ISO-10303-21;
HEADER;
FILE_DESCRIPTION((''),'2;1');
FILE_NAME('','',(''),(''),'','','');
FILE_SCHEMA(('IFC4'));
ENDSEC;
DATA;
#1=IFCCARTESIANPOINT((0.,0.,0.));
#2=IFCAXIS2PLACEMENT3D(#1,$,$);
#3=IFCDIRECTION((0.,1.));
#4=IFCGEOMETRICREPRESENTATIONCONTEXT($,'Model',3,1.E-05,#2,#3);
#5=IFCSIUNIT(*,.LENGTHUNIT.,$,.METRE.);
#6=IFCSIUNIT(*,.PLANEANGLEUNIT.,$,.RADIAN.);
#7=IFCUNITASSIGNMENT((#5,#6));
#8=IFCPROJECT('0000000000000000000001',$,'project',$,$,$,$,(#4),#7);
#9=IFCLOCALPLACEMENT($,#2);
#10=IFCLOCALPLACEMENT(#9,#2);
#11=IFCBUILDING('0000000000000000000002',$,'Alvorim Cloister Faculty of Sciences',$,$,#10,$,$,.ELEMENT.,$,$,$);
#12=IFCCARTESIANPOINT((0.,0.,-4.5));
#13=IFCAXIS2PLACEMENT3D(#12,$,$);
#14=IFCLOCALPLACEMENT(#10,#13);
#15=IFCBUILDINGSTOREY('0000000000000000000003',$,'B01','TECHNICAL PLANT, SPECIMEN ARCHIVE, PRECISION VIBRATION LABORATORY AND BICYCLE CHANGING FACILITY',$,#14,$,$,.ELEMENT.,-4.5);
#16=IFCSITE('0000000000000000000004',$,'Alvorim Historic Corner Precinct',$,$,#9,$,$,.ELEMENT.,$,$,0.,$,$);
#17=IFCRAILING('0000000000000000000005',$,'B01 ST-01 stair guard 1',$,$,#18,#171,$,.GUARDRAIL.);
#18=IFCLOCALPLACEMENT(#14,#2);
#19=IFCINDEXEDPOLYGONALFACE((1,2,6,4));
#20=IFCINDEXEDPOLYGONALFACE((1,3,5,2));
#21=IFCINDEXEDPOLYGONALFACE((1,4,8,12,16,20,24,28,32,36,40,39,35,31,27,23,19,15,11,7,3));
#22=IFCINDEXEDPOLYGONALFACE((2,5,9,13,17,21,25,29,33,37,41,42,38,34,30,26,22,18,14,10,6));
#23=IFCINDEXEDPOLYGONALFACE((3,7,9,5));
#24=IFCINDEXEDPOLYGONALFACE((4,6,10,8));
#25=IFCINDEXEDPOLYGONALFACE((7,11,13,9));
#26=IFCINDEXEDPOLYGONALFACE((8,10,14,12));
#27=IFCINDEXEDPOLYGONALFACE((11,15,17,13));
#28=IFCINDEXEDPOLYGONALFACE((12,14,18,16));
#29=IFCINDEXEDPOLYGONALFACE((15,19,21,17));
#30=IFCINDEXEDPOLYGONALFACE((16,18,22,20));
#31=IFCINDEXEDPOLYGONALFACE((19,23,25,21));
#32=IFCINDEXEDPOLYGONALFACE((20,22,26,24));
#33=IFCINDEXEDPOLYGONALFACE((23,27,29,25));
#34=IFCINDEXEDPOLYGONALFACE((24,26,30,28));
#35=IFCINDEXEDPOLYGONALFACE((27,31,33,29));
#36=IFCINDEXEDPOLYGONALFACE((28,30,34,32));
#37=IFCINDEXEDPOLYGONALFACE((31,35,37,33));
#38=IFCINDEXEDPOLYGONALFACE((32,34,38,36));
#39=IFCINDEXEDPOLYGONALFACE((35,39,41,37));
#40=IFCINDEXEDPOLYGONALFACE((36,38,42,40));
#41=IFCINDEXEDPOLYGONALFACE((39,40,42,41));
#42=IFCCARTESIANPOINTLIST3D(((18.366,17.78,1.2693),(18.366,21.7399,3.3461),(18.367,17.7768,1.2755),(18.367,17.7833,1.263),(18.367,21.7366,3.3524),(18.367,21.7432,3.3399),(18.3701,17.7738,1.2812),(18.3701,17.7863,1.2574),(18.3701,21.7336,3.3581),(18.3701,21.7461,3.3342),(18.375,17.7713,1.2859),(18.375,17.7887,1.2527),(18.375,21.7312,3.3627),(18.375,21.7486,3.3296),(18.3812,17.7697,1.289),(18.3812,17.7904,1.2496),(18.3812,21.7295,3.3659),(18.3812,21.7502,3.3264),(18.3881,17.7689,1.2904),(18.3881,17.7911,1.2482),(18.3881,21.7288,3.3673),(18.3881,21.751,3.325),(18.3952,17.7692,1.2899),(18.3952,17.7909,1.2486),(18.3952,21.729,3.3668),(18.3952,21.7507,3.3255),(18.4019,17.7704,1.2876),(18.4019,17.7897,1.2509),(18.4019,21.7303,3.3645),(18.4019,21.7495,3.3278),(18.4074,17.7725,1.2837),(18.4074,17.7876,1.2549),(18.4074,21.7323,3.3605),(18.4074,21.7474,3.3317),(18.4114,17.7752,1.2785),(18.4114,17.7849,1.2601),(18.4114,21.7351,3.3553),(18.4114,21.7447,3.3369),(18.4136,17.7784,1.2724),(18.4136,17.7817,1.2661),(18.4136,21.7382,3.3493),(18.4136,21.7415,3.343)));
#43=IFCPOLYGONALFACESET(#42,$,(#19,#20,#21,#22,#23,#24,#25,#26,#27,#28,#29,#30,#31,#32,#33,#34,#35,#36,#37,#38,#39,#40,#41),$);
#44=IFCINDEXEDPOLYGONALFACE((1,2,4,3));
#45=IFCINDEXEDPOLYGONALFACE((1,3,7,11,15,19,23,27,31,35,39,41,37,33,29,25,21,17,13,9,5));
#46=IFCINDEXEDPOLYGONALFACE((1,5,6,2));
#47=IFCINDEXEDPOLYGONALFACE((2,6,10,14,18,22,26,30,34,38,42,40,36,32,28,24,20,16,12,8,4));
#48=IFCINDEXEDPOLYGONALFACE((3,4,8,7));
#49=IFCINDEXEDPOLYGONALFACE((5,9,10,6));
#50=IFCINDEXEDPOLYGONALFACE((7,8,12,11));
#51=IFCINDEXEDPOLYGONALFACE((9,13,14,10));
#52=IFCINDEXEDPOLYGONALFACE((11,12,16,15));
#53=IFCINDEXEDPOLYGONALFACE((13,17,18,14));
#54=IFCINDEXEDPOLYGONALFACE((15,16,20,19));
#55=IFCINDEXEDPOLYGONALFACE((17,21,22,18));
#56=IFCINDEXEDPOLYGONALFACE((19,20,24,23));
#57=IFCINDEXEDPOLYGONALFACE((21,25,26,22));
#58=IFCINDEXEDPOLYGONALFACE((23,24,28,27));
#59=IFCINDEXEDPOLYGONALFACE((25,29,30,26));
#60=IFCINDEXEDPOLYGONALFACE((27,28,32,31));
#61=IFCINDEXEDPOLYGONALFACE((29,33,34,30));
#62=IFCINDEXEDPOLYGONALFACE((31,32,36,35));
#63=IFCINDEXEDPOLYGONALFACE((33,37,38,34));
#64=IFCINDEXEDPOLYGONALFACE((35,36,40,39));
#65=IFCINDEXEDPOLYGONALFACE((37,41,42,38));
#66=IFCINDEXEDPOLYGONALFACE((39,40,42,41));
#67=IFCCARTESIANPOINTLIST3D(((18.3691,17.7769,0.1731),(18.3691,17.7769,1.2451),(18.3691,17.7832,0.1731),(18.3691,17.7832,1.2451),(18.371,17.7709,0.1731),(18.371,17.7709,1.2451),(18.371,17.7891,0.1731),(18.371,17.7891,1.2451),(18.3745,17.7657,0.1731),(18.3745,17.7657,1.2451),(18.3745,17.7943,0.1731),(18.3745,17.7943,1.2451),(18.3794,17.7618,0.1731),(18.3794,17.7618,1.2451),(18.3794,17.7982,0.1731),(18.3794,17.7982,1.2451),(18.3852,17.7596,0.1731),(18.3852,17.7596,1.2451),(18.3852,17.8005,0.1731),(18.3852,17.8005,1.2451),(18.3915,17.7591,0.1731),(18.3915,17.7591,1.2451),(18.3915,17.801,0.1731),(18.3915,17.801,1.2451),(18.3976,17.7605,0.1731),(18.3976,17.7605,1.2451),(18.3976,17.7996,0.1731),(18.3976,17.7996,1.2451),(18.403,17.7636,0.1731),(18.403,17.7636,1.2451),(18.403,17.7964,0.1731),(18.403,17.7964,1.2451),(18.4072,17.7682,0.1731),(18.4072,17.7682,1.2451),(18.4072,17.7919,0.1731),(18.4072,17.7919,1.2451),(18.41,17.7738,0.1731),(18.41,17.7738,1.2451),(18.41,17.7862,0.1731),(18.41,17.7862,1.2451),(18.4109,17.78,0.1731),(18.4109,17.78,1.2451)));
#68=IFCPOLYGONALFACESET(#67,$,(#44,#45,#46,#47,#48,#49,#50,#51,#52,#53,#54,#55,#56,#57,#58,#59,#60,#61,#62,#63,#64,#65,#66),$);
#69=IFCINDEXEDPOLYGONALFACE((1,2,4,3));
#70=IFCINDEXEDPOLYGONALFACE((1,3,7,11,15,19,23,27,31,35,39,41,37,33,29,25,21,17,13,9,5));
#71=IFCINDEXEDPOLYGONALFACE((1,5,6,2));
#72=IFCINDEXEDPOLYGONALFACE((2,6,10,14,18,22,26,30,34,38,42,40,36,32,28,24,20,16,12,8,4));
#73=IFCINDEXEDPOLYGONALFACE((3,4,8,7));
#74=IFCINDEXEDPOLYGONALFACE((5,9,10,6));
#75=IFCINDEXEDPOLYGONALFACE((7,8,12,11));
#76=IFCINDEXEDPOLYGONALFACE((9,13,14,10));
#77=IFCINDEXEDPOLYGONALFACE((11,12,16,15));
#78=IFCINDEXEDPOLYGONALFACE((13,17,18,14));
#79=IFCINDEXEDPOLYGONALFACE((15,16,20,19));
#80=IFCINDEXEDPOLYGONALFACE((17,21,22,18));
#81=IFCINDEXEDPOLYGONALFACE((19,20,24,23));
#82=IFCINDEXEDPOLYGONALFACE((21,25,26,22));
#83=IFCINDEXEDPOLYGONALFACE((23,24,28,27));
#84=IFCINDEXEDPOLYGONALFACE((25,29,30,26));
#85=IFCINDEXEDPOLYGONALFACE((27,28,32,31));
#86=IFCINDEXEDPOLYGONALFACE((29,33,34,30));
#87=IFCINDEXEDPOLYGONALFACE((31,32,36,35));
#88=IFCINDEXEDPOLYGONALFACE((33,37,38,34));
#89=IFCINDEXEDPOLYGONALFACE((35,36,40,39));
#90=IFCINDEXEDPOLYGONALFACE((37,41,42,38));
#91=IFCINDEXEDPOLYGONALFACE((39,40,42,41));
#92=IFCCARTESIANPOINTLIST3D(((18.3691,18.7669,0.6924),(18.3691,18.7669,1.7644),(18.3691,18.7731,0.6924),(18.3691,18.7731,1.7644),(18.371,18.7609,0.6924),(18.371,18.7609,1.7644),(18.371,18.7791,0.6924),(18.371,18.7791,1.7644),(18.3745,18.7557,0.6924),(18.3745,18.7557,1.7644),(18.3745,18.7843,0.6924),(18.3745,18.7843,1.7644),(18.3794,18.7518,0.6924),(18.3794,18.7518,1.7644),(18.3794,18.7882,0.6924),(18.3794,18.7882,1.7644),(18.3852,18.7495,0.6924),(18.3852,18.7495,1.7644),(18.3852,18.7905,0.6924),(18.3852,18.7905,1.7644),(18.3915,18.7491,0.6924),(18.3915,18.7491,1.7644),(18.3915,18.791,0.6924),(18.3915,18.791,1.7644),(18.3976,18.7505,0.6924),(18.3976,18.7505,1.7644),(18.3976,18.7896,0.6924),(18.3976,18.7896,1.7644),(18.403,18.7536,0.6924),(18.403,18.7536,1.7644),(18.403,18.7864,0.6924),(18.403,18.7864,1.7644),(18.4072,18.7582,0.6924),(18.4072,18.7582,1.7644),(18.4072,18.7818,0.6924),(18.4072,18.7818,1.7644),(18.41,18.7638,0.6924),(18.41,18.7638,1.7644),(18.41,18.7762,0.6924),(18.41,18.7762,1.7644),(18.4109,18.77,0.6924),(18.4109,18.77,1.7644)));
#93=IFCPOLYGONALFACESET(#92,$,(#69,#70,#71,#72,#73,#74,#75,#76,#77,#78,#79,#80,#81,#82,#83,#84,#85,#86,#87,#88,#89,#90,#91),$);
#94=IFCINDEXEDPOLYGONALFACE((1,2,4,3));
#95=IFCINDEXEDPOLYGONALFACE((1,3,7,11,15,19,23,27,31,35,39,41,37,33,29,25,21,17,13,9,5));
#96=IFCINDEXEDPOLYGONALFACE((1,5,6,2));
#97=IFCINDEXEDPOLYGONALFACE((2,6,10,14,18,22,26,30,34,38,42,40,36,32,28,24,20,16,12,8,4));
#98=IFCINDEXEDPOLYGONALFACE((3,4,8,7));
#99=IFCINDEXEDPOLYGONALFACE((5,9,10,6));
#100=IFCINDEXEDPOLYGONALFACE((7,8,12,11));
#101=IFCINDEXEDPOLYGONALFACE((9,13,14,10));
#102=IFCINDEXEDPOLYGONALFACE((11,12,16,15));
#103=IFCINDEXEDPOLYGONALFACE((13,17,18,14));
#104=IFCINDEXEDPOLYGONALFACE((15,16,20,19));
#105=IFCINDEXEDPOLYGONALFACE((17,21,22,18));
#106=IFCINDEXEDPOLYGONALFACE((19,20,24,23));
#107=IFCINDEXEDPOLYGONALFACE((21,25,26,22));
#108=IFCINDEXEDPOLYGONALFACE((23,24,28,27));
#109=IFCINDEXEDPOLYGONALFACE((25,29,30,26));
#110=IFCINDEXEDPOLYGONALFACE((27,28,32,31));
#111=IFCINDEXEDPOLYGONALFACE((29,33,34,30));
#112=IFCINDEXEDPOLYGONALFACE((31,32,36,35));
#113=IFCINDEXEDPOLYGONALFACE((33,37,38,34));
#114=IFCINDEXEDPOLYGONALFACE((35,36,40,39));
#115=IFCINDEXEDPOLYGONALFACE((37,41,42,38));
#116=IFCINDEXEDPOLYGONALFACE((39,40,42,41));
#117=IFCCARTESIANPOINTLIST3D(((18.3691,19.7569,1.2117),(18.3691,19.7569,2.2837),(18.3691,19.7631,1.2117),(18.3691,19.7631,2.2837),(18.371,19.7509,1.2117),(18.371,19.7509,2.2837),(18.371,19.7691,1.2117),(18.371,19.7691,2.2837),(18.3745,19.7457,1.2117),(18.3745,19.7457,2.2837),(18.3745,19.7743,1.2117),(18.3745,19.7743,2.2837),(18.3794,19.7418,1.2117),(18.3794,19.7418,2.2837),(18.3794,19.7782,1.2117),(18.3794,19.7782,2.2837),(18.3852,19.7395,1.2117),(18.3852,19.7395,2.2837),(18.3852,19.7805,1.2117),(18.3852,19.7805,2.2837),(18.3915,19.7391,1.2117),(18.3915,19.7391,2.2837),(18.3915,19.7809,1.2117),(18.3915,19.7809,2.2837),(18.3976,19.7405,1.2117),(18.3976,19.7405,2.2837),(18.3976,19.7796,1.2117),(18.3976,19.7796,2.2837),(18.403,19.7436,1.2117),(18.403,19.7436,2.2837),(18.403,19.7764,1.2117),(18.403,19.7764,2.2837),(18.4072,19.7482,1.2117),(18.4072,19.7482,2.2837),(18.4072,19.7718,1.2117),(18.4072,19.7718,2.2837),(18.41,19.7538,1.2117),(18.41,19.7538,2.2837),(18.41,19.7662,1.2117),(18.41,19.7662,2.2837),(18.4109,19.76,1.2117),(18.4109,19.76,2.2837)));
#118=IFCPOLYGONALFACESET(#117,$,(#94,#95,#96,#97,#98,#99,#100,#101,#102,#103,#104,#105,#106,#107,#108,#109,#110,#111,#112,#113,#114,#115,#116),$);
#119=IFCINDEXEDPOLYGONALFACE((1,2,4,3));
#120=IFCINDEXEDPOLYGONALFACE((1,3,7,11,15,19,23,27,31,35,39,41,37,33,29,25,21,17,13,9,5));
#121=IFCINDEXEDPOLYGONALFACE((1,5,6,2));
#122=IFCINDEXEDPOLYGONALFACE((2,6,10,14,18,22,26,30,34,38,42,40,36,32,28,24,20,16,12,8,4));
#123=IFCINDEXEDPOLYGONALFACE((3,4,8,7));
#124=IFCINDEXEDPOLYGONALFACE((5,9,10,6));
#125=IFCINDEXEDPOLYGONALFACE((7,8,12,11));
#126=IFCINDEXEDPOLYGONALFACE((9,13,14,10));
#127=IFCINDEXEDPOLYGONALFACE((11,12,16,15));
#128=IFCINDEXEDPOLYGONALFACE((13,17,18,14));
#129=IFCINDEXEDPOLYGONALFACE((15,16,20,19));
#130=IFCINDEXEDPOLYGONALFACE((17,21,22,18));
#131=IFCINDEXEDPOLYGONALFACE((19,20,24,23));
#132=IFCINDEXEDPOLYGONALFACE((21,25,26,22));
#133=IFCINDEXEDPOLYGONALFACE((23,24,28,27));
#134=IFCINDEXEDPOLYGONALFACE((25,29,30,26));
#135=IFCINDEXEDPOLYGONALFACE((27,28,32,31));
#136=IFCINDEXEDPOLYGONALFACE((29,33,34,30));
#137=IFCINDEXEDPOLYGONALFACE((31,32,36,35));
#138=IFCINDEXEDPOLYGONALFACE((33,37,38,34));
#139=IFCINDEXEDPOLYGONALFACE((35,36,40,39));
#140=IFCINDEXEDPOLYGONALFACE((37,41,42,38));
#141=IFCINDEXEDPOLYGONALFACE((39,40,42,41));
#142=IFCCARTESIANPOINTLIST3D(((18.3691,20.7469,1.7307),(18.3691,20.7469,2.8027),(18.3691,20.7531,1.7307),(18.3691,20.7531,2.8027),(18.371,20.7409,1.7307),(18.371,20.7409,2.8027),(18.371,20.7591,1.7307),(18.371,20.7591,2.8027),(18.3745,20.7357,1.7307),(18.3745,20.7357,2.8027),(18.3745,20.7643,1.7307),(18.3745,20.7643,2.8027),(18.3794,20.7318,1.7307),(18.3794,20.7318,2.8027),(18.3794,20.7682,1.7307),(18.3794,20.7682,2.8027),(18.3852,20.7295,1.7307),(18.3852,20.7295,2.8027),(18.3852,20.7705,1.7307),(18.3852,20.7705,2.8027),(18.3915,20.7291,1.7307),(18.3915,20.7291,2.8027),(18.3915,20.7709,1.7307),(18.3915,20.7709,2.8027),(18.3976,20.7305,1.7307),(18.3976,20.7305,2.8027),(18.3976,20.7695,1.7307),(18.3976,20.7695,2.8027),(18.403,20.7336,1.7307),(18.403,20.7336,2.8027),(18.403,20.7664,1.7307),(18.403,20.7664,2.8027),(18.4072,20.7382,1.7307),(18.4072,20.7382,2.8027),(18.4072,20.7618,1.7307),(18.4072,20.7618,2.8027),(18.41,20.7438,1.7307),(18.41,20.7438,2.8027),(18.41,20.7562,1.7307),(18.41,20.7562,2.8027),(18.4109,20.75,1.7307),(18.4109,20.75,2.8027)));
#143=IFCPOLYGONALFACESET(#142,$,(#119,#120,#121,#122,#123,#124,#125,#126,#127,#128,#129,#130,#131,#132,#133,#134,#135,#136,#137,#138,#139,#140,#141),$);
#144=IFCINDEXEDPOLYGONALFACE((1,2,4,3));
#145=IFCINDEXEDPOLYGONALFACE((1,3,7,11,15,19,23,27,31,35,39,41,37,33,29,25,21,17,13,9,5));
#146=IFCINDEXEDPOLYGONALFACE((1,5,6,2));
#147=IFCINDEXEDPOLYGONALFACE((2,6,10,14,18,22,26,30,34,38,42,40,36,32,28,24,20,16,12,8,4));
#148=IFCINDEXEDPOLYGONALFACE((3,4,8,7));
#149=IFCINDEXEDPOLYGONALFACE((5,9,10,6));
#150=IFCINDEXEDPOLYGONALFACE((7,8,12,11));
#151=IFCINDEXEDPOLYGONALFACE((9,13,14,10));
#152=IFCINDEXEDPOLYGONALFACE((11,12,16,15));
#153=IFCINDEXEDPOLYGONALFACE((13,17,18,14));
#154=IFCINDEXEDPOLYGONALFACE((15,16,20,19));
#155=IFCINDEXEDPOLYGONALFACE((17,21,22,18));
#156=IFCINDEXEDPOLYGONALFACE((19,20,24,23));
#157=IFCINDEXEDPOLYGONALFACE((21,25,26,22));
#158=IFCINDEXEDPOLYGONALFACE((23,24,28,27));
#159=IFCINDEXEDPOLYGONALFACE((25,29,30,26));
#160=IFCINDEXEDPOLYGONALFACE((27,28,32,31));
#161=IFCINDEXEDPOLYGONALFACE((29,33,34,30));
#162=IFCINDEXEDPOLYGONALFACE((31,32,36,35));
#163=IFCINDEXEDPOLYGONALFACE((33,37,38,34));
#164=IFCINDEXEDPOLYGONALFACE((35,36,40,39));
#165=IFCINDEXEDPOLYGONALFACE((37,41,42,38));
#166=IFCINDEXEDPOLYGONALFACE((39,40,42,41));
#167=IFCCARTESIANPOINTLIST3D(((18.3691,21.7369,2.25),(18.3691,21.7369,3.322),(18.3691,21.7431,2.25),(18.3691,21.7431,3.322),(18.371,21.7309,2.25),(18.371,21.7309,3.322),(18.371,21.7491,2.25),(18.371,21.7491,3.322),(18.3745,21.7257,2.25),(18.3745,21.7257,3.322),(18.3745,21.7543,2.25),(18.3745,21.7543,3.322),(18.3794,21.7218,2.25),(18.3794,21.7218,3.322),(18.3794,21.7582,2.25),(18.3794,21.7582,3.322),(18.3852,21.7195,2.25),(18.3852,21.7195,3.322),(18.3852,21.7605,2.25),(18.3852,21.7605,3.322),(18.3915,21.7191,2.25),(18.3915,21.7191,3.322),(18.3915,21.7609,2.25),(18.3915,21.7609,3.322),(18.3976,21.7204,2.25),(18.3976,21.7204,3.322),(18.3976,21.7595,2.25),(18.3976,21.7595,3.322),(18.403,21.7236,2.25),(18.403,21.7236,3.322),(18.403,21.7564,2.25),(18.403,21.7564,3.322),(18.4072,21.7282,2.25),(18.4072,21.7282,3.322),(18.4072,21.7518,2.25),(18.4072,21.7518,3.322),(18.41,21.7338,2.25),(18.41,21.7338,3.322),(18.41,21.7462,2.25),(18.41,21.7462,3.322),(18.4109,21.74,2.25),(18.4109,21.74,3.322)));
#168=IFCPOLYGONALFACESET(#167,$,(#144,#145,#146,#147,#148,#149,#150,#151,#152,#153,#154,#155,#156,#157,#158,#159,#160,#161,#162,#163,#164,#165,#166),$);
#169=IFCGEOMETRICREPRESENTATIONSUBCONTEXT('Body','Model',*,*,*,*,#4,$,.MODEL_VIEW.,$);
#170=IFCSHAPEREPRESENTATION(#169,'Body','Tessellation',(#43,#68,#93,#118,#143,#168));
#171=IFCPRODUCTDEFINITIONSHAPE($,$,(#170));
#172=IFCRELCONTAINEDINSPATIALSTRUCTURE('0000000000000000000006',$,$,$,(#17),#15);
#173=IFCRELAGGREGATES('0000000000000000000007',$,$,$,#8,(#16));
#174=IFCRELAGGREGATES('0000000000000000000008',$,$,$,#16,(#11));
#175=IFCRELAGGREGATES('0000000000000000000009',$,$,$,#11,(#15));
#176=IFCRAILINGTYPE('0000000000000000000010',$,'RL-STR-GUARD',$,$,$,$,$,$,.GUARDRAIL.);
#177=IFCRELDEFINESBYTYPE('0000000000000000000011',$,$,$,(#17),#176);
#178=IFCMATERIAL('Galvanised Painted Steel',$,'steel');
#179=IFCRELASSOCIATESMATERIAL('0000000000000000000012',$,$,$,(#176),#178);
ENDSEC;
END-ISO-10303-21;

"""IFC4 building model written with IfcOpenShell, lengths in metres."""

from ifc_helpers import new_model, si_unit, direction, frame, origin, origin_2d, place, context, subcontext, project, spatial, circle, extrude, material, type_object, element, save


model = new_model("IFC4")

# Units and contexts
model_context = context("Model", 3, precision=1e-05, world=origin(), true_north=direction((0.0, 1.0)))
body_context = subcontext(model_context, "Body", "Model", "MODEL_VIEW")
ifc_project = project(units=[si_unit("LENGTHUNIT", "METRE"), si_unit("PLANEANGLEUNIT", "RADIAN")], contexts=[model_context])

# Site, building, storey
site_placement = place(None, origin())
site = spatial("IfcSite", under=ifc_project, at=site_placement, Name="Alvorim Historic Corner Precinct", CompositionType="ELEMENT", RefElevation=0.0)
building_placement = place(site_placement, origin())
building = spatial("IfcBuilding", under=site, at=building_placement, Name="Alvorim Cloister Faculty of Sciences", CompositionType="ELEMENT")
storey_placement = place(building_placement, frame((0.0, 0.0, -4.5)))
storey = spatial("IfcBuildingStorey", under=building, at=storey_placement, Name="B01", Description="TECHNICAL PLANT, SPECIMEN ARCHIVE, PRECISION VIBRATION LABORATORY AND BICYCLE CHANGING FACILITY", CompositionType="ELEMENT", Elevation=-4.5)

# Railing
ifc_material_1 = material(Name="Galvanised Painted Steel", Category="steel")
railing_type_1 = type_object("IfcRailingType", Name="RL-STR-GUARD", PredefinedType="GUARDRAIL", material=ifc_material_1)
railing_1_placement = place(storey_placement, frame((18.3899, 17.78, 0.1731)))
element("IfcRailing", 1, at=railing_1_placement, inside=storey, type_object=railing_type_1, Name="B01 ST-01 stair guard 1", PredefinedType="GUARDRAIL", context=body_context, shape_type="SweptSolid", body=[
    extrude(circle(Radius=0.0239, at=origin_2d()), frame((0.0, 0.0, 1.0962), z_axis=(0.0, 0.885589, 0.46447), x_axis=(-1.0, 0.0, 0.0)), (0.0, 0.0, 1.0), 4.4714),
    extrude(circle(Radius=0.021, at=origin_2d()), origin(), (0.0, 0.0, 1.0), 1.072),
    extrude(circle(Radius=0.021, at=origin_2d()), frame((0.0, 0.99, 0.5193)), (0.0, 0.0, 1.0), 1.072),
    extrude(circle(Radius=0.021, at=origin_2d()), frame((0.0, 1.98, 1.0386)), (0.0, 0.0, 1.0), 1.072),
    extrude(circle(Radius=0.021, at=origin_2d()), frame((0.0, 2.97, 1.5576)), (0.0, 0.0, 1.0), 1.072),
    extrude(circle(Radius=0.021, at=origin_2d()), frame((0.0, 3.96, 2.0769)), (0.0, 0.0, 1.0), 1.072),
])

save(model, "model.ifc")
